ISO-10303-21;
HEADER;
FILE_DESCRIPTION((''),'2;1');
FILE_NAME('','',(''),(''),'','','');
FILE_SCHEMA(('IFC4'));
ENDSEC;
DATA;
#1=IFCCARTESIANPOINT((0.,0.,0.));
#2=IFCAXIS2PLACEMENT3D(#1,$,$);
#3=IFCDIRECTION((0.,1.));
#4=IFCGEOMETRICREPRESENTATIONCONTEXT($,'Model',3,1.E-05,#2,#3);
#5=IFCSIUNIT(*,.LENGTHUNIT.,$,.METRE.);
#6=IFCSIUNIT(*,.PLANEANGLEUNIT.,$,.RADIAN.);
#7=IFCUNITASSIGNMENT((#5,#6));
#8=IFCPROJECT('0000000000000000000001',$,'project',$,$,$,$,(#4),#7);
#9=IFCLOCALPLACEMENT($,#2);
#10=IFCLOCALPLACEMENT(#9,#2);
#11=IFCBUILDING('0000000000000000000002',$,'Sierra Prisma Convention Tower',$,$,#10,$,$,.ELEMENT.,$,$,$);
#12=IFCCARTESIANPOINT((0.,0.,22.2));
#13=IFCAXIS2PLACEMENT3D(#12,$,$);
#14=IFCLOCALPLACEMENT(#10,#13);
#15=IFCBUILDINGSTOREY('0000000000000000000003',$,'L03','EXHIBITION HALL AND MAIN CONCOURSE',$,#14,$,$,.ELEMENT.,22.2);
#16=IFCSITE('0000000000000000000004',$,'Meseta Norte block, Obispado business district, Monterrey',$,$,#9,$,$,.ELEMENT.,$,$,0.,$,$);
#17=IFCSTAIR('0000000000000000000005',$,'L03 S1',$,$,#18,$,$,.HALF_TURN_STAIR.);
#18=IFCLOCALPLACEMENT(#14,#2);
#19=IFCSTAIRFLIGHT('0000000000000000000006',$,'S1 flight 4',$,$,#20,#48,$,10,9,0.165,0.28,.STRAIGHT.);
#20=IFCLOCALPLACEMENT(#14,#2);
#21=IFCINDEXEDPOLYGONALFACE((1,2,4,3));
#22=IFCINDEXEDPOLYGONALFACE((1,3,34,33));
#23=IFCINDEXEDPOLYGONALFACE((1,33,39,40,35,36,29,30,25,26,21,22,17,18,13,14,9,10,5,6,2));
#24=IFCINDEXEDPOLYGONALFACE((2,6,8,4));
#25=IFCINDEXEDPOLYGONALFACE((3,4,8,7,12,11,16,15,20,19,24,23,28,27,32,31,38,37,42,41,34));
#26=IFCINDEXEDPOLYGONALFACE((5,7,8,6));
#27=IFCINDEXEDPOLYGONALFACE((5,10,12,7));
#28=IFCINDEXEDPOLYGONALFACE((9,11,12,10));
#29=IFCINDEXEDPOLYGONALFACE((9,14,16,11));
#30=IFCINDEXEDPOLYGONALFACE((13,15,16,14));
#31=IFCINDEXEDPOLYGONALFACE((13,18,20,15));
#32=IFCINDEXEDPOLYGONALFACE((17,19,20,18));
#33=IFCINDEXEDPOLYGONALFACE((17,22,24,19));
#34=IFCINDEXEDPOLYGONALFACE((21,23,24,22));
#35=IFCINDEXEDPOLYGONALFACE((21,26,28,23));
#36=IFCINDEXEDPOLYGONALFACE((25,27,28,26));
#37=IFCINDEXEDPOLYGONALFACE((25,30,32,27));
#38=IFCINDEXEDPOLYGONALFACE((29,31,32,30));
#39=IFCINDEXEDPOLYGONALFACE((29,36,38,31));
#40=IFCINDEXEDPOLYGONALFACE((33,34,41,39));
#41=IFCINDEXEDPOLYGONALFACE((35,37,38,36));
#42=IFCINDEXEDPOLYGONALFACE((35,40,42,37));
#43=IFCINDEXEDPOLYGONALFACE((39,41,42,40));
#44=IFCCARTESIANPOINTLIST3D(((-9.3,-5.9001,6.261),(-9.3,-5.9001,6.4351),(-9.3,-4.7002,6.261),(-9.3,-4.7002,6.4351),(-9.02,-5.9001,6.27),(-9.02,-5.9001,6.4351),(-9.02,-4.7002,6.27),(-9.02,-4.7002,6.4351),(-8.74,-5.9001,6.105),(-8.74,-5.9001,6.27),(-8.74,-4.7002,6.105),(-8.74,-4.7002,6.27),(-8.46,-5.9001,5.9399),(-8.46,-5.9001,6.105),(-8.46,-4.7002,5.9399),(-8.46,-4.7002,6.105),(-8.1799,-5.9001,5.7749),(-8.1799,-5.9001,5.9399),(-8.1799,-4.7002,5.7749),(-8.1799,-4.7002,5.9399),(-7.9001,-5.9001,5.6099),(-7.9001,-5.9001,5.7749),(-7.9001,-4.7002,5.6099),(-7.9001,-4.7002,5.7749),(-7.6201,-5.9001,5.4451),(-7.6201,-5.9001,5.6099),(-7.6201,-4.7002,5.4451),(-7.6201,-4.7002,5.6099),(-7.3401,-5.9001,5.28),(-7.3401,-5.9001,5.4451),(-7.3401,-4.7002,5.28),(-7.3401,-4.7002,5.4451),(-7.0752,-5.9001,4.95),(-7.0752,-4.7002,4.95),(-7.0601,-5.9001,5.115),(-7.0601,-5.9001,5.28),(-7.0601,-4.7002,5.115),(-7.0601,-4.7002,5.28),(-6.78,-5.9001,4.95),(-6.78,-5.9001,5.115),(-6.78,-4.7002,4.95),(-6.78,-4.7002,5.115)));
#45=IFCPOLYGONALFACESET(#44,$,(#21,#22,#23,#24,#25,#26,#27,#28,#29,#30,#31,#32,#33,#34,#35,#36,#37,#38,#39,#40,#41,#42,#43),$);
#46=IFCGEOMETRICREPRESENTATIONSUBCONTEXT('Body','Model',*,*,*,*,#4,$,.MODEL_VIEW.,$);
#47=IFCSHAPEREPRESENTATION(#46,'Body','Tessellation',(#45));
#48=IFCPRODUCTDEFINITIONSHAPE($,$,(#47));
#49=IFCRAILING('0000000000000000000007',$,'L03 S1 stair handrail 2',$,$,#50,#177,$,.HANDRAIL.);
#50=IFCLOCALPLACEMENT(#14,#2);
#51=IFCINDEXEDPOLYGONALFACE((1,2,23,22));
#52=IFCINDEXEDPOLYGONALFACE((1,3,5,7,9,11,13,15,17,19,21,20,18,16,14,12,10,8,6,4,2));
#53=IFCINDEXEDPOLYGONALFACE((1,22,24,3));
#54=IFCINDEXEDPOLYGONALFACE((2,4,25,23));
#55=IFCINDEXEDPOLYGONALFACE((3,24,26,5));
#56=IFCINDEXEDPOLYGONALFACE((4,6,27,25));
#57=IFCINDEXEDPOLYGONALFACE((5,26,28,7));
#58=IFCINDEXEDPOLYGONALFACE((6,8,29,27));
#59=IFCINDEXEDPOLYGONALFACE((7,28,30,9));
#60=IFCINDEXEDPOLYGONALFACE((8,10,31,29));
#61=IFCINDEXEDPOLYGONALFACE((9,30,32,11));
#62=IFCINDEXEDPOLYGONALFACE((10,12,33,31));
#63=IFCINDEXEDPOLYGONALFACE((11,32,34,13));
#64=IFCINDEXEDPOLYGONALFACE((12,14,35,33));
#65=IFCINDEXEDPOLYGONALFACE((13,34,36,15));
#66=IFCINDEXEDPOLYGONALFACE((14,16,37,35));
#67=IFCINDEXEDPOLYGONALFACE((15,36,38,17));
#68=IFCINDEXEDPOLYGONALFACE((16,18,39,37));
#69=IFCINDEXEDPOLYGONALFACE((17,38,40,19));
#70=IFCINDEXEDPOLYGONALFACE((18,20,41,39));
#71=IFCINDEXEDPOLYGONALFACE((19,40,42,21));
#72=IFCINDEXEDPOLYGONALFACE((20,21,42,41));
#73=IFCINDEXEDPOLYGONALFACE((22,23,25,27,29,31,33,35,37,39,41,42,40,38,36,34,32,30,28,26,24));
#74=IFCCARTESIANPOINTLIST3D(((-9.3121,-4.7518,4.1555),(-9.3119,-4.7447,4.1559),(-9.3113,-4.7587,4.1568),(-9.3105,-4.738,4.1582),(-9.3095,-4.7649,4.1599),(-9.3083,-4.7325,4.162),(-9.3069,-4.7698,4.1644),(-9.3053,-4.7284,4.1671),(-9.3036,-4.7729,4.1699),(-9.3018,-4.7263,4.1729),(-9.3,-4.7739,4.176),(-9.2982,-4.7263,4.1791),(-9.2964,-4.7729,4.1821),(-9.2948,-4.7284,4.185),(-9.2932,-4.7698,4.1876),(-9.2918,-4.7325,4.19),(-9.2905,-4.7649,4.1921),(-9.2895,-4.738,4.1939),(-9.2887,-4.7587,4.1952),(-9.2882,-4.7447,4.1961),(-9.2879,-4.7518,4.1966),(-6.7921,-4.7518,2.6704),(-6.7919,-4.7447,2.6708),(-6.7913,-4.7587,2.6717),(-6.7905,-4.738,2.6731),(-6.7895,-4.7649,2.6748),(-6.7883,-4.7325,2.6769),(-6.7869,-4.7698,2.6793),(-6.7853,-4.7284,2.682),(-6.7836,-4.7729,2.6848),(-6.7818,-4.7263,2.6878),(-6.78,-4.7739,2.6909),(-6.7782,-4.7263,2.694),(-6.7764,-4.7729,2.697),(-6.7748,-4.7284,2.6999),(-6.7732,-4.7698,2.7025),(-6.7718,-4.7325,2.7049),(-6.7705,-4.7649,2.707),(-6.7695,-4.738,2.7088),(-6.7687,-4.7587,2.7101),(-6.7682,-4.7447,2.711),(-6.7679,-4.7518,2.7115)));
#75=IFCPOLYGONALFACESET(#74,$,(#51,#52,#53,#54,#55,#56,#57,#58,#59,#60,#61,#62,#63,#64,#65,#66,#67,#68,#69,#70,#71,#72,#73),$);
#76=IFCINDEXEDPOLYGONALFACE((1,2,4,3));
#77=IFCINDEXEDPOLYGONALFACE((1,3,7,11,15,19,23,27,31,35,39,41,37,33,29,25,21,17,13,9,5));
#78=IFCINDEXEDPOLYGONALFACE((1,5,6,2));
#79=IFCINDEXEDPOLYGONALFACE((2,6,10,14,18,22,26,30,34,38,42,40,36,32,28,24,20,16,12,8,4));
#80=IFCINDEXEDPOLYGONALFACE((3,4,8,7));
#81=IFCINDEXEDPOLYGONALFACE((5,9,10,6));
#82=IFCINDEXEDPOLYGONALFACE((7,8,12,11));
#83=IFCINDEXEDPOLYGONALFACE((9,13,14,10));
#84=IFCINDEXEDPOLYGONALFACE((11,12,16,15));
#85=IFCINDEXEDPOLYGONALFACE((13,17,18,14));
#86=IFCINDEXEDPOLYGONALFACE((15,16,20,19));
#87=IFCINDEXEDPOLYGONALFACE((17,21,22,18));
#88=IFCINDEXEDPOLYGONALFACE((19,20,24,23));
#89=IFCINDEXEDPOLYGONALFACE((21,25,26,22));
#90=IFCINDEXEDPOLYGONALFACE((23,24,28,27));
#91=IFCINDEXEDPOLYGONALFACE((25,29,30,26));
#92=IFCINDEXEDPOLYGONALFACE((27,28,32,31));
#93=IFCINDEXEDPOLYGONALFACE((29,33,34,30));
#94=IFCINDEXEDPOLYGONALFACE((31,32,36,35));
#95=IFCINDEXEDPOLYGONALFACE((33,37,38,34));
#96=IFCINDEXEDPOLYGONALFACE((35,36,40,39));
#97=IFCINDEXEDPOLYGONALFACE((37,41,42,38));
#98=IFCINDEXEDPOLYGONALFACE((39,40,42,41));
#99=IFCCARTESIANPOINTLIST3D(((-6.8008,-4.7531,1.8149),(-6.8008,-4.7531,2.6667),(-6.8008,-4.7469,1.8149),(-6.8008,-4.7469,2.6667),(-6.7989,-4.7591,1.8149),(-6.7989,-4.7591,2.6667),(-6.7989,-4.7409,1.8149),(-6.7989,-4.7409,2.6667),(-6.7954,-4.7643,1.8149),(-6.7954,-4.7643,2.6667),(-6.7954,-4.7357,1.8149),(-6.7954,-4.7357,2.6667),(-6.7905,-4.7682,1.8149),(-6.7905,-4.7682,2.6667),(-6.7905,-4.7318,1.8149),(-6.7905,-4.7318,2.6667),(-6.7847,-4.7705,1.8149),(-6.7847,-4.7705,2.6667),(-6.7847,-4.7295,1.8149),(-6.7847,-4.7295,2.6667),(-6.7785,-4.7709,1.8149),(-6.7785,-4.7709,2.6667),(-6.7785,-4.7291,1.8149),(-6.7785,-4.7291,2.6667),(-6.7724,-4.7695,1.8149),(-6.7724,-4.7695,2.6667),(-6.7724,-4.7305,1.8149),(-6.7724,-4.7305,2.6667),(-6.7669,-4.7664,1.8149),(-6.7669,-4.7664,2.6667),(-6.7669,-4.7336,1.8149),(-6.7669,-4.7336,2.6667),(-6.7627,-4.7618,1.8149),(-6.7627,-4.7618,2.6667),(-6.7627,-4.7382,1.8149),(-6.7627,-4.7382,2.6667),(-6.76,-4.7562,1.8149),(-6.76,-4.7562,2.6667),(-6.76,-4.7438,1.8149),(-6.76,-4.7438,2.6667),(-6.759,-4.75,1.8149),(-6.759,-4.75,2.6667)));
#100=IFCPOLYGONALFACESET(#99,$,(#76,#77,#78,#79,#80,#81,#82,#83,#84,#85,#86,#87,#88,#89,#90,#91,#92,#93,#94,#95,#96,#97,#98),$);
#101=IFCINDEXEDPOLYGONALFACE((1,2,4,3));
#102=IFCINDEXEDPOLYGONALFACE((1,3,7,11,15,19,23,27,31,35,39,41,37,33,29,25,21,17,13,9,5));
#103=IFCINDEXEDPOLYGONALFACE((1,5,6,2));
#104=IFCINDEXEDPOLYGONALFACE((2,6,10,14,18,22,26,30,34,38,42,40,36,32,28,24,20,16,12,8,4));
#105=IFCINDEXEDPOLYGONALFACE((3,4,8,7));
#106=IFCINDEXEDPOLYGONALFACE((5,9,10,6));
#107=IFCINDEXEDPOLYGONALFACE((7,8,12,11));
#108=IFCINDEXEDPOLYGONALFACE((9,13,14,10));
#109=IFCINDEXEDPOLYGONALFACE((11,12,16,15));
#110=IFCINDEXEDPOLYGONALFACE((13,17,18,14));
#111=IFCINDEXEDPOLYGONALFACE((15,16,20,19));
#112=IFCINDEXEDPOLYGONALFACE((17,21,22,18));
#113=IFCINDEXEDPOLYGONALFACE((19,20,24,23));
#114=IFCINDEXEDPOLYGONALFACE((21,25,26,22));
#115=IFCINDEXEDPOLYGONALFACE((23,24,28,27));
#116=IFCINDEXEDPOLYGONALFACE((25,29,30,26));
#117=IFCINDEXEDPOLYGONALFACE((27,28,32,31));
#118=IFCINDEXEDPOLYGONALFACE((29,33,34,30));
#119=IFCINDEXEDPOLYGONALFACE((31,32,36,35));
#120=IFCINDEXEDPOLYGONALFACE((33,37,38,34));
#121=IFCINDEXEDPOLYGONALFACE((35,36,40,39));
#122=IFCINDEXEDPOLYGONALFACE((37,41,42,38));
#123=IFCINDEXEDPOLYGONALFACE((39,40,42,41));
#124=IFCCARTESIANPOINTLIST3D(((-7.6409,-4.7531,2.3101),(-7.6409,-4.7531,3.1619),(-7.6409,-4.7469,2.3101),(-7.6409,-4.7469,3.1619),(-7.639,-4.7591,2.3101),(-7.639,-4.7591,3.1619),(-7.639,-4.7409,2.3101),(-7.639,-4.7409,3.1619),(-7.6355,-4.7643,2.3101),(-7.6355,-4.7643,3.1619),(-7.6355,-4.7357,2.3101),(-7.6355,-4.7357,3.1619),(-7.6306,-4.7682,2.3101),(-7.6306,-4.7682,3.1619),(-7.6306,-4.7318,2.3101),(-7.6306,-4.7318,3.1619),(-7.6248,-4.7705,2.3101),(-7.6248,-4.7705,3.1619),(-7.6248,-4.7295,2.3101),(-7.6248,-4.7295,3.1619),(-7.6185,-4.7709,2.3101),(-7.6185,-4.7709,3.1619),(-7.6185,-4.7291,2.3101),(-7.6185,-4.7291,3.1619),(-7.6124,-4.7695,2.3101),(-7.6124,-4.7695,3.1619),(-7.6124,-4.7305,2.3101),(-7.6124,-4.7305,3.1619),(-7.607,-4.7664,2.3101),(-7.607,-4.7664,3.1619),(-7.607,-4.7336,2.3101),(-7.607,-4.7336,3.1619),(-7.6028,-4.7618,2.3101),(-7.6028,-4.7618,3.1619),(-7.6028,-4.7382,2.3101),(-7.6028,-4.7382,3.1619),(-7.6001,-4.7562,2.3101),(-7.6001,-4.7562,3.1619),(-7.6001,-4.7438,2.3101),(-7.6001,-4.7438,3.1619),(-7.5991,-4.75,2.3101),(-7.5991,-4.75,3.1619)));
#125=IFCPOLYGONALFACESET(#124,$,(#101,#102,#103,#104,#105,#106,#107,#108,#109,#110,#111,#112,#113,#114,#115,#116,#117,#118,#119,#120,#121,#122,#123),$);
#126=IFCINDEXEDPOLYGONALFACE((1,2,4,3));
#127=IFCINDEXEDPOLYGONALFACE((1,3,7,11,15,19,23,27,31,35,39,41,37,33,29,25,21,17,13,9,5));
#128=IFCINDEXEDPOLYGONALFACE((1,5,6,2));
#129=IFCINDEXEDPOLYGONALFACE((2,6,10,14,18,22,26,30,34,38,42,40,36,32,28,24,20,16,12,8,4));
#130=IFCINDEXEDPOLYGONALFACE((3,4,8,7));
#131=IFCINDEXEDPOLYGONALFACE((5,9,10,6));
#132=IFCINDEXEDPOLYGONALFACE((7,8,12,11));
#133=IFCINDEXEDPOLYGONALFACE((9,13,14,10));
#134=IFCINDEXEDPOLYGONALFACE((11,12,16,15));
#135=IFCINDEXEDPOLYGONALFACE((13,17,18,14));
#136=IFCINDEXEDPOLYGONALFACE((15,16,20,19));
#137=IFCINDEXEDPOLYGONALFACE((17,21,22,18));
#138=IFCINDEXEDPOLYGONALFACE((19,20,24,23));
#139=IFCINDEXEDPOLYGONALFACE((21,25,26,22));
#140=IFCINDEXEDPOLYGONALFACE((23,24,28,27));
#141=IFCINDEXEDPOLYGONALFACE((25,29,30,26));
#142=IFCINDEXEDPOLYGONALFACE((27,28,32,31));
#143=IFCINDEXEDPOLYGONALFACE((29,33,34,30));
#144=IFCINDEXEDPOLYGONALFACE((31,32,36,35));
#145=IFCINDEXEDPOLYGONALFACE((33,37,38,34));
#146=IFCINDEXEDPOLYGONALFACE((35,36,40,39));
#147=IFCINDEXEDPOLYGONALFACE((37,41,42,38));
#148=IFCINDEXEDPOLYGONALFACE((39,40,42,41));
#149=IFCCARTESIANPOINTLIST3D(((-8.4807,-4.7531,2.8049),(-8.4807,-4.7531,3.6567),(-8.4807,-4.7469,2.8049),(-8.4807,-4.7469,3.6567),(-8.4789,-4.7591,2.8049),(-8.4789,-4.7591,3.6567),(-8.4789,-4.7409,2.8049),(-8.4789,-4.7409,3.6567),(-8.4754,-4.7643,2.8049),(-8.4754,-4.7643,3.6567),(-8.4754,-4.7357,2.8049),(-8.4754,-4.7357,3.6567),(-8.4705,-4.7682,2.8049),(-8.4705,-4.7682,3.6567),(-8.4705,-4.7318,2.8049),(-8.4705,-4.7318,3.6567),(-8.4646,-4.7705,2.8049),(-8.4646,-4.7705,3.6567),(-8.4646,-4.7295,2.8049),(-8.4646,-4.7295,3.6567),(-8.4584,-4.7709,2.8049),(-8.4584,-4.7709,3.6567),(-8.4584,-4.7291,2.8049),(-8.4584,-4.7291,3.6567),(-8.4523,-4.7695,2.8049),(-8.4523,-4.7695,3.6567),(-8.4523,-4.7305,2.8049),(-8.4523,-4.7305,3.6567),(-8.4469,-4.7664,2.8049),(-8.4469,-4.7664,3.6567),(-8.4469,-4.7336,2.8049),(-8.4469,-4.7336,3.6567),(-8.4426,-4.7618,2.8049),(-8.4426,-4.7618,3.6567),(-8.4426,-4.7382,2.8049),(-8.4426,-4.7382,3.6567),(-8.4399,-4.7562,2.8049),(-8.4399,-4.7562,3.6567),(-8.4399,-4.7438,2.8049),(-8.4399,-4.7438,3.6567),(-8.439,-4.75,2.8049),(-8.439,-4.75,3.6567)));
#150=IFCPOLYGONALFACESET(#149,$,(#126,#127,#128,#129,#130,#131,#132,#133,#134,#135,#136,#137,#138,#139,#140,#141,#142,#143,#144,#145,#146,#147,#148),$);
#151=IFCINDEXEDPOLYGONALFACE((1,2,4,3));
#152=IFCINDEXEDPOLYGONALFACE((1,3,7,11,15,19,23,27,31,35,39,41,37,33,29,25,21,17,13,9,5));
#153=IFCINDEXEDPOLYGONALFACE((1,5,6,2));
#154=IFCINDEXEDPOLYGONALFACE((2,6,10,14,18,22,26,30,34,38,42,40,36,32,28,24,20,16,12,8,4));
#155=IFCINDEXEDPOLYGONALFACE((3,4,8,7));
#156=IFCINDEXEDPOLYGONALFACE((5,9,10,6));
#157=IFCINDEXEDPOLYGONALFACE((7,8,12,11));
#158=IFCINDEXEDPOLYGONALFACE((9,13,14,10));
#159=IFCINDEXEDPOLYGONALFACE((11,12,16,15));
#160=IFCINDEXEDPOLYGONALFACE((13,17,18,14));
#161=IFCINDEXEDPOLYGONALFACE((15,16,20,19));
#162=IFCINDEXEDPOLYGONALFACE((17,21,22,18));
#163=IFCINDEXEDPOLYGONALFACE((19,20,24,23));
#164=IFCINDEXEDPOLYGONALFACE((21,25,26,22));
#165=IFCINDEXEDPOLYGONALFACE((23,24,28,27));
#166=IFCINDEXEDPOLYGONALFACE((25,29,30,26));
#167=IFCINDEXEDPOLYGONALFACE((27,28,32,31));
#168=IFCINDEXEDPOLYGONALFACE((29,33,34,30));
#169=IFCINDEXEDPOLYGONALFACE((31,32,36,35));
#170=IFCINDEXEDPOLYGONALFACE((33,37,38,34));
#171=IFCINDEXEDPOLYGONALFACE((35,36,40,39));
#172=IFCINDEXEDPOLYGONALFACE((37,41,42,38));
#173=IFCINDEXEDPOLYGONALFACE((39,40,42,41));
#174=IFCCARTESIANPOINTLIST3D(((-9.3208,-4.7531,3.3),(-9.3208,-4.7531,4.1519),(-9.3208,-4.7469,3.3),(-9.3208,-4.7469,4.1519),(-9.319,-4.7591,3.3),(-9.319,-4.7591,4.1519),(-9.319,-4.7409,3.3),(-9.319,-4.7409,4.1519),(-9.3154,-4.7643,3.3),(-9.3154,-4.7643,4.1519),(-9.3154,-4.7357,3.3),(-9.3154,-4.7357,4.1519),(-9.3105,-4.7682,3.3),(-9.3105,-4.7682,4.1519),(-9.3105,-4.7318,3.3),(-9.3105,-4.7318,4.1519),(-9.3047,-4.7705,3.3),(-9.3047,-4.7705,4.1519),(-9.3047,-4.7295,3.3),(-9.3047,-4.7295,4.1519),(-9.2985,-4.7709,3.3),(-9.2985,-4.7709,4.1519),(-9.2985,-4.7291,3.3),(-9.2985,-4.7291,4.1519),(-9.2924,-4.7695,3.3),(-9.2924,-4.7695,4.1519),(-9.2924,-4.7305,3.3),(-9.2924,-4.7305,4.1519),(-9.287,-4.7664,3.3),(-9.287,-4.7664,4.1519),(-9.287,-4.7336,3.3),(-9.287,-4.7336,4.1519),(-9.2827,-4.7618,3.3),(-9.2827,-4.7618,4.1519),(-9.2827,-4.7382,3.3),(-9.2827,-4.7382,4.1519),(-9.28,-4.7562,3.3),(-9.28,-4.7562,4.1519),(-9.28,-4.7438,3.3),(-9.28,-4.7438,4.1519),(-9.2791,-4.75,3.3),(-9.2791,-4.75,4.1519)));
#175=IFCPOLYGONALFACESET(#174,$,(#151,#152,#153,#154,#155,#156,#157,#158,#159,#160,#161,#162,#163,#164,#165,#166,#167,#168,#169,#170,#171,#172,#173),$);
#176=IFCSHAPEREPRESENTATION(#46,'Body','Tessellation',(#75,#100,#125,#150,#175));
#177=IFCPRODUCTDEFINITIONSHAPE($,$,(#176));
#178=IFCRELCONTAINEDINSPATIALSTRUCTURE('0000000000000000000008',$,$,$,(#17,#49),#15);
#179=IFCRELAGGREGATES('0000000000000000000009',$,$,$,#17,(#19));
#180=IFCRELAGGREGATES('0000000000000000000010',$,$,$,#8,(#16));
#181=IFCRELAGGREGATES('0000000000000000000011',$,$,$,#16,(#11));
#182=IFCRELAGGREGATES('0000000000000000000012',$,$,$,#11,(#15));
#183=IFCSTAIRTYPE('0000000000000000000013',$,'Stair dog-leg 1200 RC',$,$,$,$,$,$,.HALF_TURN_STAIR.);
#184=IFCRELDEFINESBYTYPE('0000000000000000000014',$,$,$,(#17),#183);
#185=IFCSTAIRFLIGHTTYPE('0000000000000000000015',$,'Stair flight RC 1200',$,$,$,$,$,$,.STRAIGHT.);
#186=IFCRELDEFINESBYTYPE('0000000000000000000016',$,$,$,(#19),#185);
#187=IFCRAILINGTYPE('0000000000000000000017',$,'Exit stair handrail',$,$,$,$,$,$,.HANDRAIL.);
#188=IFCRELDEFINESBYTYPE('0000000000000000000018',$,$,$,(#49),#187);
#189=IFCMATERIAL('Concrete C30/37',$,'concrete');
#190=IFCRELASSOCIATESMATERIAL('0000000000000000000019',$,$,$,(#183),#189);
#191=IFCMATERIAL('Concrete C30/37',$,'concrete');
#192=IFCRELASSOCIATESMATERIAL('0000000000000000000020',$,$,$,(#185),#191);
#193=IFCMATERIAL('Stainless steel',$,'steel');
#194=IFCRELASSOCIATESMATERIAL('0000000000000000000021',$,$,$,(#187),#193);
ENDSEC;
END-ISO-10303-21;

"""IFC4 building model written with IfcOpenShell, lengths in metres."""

from ifc_helpers import new_model, si_unit, direction, frame, origin, origin_2d, place, context, subcontext, project, spatial, polyline, circle, outline, extrude, material, type_object, element, aggregate, save


model = new_model("IFC4")

# Units and contexts
model_context = context("Model", 3, precision=1e-05, world=origin(), true_north=direction((0.0, 1.0)))
body_context = subcontext(model_context, "Body", "Model", "MODEL_VIEW")
ifc_project = project(units=[si_unit("LENGTHUNIT", "METRE"), si_unit("PLANEANGLEUNIT", "RADIAN")], contexts=[model_context])

# Site, building, storey
site_placement = place(None, origin())
site = spatial("IfcSite", under=ifc_project, at=site_placement, Name="Meseta Norte block, Obispado business district, Monterrey", CompositionType="ELEMENT", RefElevation=0.0)
building_placement = place(site_placement, origin())
building = spatial("IfcBuilding", under=site, at=building_placement, Name="Sierra Prisma Convention Tower", CompositionType="ELEMENT")
storey_placement = place(building_placement, frame((0.0, 0.0, 22.2)))
storey = spatial("IfcBuildingStorey", under=building, at=storey_placement, Name="L03", Description="EXHIBITION HALL AND MAIN CONCOURSE", CompositionType="ELEMENT", Elevation=22.2)

# Stair, stair flight
ifc_material_1 = material(Name="Concrete C30/37", Category="concrete")
stair_type = type_object("IfcStairType", Name="Stair dog-leg 1200 RC", PredefinedType="HALF_TURN_STAIR", material=ifc_material_1)
stair_placement = place(storey_placement, origin())
stair = element("IfcStair", 1, at=stair_placement, inside=storey, type_object=stair_type, Name="L03 S1", PredefinedType="HALF_TURN_STAIR")
ifc_material_2 = material(Name="Concrete C30/37", Category="concrete")
stair_flight_type = type_object("IfcStairFlightType", Name="Stair flight RC 1200", PredefinedType="STRAIGHT", material=ifc_material_2)
stair_flight_1_placement = place(storey_placement, frame((-6.78, -5.3, 4.95), z_axis=(0.0, 0.0, 1.0), x_axis=(-1.0, 0.0, 0.0)))
stair_flight_1 = element("IfcStairFlight", 2, at=stair_flight_1_placement, type_object=stair_flight_type, Name="S1 flight 4", NumberOfRisers=10, NumberOfTreads=9, PredefinedType="STRAIGHT", RiserHeight=0.165, TreadLength=0.28, context=body_context, shape_type="SweptSolid", body=[
    extrude(outline(polyline([(0.0, 0.0), (0.0, 0.165), (0.28, 0.165), (0.28, 0.3301), (0.5601, 0.3301), (0.5601, 0.4951), (0.8401, 0.4951), (0.8401, 0.6599), (1.1201, 0.6599), (1.1201, 0.825), (1.3999, 0.825), (1.3999, 0.99), (1.6799, 0.99), (1.6799, 1.155), (1.96, 1.155), (1.96, 1.3201), (2.24, 1.3201), (2.24, 1.4851), (2.52, 1.4851), (2.52, 1.6499), (2.52, 1.311), (0.2952, 0.0), (0.0, 0.0)])), frame((0.0, 0.6001, 0.0), z_axis=(0.0, -1.0, 0.0), x_axis=(1.0, 0.0, 0.0)), (0.0, 0.0, 1.0), 1.2),
])
aggregate(stair, [stair_flight_1])

# Railing
ifc_material_3 = material(Name="Stainless steel", Category="steel")
railing_type_1 = type_object("IfcRailingType", Name="Exit stair handrail", PredefinedType="HANDRAIL", material=ifc_material_3)
for number, where, name in (
    (3, (-6.78, -4.75, 1.8149), "L03 S1 stair handrail 2"),
):
    element("IfcRailing", number, at=place(storey_placement, frame(where)), inside=storey, type_object=railing_type_1, Name=name, PredefinedType="HANDRAIL", context=body_context, shape_type="SweptSolid", body=[
        extrude(circle(Radius=0.0239, at=origin_2d()), frame((0.0, 0.0, 0.876), z_axis=(-0.861524, 0.0, 0.507717), x_axis=(0.0, -1.0, 0.0)), (0.0, 0.0, 1.0), 2.925),
        extrude(circle(Radius=0.021, at=origin_2d()), origin(), (0.0, 0.0, 1.0), 0.8518),
        extrude(circle(Radius=0.021, at=origin_2d()), frame((-0.8401, 0.0, 0.4951)), (0.0, 0.0, 1.0), 0.8518),
        extrude(circle(Radius=0.021, at=origin_2d()), frame((-1.6799, 0.0, 0.99)), (0.0, 0.0, 1.0), 0.8518),
        extrude(circle(Radius=0.021, at=origin_2d()), frame((-2.52, 0.0, 1.4851)), (0.0, 0.0, 1.0), 0.8518),
    ])

save(model, "model.ifc")
